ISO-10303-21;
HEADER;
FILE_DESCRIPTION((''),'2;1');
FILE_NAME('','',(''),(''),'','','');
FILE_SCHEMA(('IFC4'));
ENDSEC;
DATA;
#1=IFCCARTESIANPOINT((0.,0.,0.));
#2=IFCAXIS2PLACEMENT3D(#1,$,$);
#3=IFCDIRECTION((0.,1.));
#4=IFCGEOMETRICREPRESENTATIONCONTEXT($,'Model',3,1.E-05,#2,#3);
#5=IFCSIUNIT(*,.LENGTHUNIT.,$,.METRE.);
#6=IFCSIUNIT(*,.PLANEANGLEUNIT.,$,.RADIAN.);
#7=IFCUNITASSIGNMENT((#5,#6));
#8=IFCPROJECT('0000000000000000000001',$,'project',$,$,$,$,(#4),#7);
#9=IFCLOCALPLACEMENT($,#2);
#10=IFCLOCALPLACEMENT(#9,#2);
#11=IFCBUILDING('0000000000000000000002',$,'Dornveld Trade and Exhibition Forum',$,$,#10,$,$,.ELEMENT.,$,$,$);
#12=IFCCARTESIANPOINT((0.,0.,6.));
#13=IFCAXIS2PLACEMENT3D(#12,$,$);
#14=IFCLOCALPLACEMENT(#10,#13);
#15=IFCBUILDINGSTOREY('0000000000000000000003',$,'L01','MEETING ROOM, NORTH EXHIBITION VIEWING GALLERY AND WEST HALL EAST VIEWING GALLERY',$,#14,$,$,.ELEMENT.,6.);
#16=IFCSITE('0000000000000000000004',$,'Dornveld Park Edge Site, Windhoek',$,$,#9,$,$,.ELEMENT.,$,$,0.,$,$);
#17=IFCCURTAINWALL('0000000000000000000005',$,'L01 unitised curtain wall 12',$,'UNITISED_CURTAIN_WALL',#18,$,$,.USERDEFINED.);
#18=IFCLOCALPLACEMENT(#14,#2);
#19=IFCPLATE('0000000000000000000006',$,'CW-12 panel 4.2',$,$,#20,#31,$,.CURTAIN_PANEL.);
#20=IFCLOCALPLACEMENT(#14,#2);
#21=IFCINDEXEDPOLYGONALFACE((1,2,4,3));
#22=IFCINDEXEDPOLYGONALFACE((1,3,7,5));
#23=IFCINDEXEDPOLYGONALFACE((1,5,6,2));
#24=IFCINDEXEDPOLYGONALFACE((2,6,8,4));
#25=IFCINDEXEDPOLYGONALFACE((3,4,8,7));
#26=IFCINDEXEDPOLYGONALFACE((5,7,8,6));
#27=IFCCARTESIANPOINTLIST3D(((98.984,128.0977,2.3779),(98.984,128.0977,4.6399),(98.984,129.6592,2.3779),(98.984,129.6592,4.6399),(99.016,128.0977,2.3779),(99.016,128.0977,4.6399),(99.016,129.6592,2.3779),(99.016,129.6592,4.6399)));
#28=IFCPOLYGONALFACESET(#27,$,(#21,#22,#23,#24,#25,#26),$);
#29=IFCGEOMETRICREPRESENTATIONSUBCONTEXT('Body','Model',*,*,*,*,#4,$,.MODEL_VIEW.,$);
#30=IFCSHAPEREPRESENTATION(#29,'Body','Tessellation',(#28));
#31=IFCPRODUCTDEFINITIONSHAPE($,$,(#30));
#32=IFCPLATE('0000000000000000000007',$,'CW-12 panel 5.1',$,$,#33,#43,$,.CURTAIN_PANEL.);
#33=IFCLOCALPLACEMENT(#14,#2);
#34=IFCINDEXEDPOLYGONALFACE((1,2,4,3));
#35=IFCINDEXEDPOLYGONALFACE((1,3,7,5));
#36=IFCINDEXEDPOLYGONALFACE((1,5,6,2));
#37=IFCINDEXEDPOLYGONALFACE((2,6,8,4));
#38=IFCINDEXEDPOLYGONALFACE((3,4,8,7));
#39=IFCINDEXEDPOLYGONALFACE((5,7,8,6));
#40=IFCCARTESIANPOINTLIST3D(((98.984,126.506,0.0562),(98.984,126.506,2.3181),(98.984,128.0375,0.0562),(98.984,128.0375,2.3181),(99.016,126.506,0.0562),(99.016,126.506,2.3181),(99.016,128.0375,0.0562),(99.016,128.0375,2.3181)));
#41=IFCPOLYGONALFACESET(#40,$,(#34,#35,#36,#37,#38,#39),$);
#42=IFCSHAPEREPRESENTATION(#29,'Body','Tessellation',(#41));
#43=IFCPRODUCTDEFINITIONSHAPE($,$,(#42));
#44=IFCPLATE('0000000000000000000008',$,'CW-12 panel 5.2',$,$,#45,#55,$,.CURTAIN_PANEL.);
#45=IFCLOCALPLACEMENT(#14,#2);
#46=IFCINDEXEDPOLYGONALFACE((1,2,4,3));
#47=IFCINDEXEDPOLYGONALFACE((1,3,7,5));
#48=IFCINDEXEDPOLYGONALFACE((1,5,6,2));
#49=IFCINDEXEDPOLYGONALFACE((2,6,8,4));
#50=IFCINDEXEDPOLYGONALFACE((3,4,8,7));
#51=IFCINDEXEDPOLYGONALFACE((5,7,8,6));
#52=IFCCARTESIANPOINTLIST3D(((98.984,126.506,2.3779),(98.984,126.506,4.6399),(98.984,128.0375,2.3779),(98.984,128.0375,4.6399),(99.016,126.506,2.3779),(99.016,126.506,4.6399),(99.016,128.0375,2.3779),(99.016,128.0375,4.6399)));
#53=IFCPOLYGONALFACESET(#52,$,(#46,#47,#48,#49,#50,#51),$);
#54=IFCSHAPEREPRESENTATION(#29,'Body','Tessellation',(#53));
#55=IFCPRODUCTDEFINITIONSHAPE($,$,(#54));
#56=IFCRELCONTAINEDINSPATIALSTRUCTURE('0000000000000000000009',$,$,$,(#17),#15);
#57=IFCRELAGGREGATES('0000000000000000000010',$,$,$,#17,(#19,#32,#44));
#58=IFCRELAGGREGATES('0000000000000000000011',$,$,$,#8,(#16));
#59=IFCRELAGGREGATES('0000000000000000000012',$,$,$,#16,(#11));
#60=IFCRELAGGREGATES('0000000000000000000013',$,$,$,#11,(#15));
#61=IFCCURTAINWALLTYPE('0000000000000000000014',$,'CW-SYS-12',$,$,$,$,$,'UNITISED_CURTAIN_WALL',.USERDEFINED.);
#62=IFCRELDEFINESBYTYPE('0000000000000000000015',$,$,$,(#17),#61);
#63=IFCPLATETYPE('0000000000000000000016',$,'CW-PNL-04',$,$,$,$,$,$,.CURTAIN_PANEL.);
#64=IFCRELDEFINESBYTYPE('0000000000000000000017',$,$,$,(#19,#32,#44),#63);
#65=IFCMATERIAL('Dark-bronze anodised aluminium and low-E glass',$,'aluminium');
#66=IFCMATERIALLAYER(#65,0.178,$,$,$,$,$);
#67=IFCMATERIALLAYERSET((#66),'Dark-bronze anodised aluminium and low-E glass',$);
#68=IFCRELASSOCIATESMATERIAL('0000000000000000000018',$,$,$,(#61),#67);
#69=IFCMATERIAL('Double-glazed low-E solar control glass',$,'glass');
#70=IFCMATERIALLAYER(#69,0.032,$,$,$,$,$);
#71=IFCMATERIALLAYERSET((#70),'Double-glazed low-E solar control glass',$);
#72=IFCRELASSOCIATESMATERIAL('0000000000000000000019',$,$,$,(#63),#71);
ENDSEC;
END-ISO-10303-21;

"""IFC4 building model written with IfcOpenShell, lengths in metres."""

from ifc_helpers import new_model, si_unit, direction, frame, origin, origin_2d, place, context, subcontext, project, spatial, rectangle, extrude, material, layer, layer_set, type_object, element, aggregate, save


model = new_model("IFC4")

# Units and contexts
model_context = context("Model", 3, precision=1e-05, world=origin(), true_north=direction((0.0, 1.0)))
body_context = subcontext(model_context, "Body", "Model", "MODEL_VIEW")
ifc_project = project(units=[si_unit("LENGTHUNIT", "METRE"), si_unit("PLANEANGLEUNIT", "RADIAN")], contexts=[model_context])

# Site, building, storey
site_placement = place(None, origin())
site = spatial("IfcSite", under=ifc_project, at=site_placement, Name="Dornveld Park Edge Site, Windhoek", CompositionType="ELEMENT", RefElevation=0.0)
building_placement = place(site_placement, origin())
building = spatial("IfcBuilding", under=site, at=building_placement, Name="Dornveld Trade and Exhibition Forum", CompositionType="ELEMENT")
storey_placement = place(building_placement, frame((0.0, 0.0, 6.0)))
storey = spatial("IfcBuildingStorey", under=building, at=storey_placement, Name="L01", Description="MEETING ROOM, NORTH EXHIBITION VIEWING GALLERY AND WEST HALL EAST VIEWING GALLERY", CompositionType="ELEMENT", Elevation=6.0)

# Curtain wall
ifc_material_1 = material(Name="Dark-bronze anodised aluminium and low-E glass", Category="aluminium")
ifc_layer_1 = layer(ifc_material_1, 0.178)
ifc_layer_set_1 = layer_set([ifc_layer_1], Name="Dark-bronze anodised aluminium and low-E glass")
curtain_wall_type = type_object("IfcCurtainWallType", Name="CW-SYS-12", ElementType="UNITISED_CURTAIN_WALL", PredefinedType="USERDEFINED", material=ifc_layer_set_1)
curtain_wall_placement = place(storey_placement, origin())
curtain_wall = element("IfcCurtainWall", 1, at=curtain_wall_placement, inside=storey, type_object=curtain_wall_type, Name="L01 unitised curtain wall 12", ObjectType="UNITISED_CURTAIN_WALL", PredefinedType="USERDEFINED")

# Plates
ifc_material_2 = material(Name="Double-glazed low-E solar control glass", Category="glass")
ifc_layer_2 = layer(ifc_material_2, 0.032)
ifc_layer_set_2 = layer_set([ifc_layer_2], Name="Double-glazed low-E solar control glass")
plate_type = type_object("IfcPlateType", Name="CW-PNL-04", PredefinedType="CURTAIN_PANEL", material=ifc_layer_set_2)
plate_1_placement = place(storey_placement, frame((99.0, 128.8784, 2.3779), z_axis=(0.0, 0.0, 1.0), x_axis=(0.0, -1.0, 0.0)))
plate_1 = element("IfcPlate", 2, at=plate_1_placement, type_object=plate_type, Name="CW-12 panel 4.2", PredefinedType="CURTAIN_PANEL", context=body_context, shape_type="SweptSolid", body=[
    extrude(rectangle(XDim=1.5615, YDim=0.032, at=origin_2d()), origin(), (0.0, 0.0, 1.0), 2.262),
])
plate_2_placement = place(storey_placement, frame((99.0, 127.2717, 0.0562), z_axis=(0.0, 0.0, 1.0), x_axis=(0.0, -1.0, 0.0)))
plate_2 = element("IfcPlate", 3, at=plate_2_placement, type_object=plate_type, Name="CW-12 panel 5.1", PredefinedType="CURTAIN_PANEL", context=body_context, shape_type="SweptSolid", body=[
    extrude(rectangle(XDim=1.5315, YDim=0.032, at=origin_2d()), origin(), (0.0, 0.0, 1.0), 2.262),
])
plate_3_placement = place(storey_placement, frame((99.0, 127.2717, 2.3779), z_axis=(0.0, 0.0, 1.0), x_axis=(0.0, -1.0, 0.0)))
plate_3 = element("IfcPlate", 4, at=plate_3_placement, type_object=plate_type, Name="CW-12 panel 5.2", PredefinedType="CURTAIN_PANEL", context=body_context, shape_type="SweptSolid", body=[
    extrude(rectangle(XDim=1.5315, YDim=0.032, at=origin_2d()), origin(), (0.0, 0.0, 1.0), 2.262),
])
aggregate(curtain_wall, [plate_1, plate_2, plate_3])

save(model, "model.ifc")
